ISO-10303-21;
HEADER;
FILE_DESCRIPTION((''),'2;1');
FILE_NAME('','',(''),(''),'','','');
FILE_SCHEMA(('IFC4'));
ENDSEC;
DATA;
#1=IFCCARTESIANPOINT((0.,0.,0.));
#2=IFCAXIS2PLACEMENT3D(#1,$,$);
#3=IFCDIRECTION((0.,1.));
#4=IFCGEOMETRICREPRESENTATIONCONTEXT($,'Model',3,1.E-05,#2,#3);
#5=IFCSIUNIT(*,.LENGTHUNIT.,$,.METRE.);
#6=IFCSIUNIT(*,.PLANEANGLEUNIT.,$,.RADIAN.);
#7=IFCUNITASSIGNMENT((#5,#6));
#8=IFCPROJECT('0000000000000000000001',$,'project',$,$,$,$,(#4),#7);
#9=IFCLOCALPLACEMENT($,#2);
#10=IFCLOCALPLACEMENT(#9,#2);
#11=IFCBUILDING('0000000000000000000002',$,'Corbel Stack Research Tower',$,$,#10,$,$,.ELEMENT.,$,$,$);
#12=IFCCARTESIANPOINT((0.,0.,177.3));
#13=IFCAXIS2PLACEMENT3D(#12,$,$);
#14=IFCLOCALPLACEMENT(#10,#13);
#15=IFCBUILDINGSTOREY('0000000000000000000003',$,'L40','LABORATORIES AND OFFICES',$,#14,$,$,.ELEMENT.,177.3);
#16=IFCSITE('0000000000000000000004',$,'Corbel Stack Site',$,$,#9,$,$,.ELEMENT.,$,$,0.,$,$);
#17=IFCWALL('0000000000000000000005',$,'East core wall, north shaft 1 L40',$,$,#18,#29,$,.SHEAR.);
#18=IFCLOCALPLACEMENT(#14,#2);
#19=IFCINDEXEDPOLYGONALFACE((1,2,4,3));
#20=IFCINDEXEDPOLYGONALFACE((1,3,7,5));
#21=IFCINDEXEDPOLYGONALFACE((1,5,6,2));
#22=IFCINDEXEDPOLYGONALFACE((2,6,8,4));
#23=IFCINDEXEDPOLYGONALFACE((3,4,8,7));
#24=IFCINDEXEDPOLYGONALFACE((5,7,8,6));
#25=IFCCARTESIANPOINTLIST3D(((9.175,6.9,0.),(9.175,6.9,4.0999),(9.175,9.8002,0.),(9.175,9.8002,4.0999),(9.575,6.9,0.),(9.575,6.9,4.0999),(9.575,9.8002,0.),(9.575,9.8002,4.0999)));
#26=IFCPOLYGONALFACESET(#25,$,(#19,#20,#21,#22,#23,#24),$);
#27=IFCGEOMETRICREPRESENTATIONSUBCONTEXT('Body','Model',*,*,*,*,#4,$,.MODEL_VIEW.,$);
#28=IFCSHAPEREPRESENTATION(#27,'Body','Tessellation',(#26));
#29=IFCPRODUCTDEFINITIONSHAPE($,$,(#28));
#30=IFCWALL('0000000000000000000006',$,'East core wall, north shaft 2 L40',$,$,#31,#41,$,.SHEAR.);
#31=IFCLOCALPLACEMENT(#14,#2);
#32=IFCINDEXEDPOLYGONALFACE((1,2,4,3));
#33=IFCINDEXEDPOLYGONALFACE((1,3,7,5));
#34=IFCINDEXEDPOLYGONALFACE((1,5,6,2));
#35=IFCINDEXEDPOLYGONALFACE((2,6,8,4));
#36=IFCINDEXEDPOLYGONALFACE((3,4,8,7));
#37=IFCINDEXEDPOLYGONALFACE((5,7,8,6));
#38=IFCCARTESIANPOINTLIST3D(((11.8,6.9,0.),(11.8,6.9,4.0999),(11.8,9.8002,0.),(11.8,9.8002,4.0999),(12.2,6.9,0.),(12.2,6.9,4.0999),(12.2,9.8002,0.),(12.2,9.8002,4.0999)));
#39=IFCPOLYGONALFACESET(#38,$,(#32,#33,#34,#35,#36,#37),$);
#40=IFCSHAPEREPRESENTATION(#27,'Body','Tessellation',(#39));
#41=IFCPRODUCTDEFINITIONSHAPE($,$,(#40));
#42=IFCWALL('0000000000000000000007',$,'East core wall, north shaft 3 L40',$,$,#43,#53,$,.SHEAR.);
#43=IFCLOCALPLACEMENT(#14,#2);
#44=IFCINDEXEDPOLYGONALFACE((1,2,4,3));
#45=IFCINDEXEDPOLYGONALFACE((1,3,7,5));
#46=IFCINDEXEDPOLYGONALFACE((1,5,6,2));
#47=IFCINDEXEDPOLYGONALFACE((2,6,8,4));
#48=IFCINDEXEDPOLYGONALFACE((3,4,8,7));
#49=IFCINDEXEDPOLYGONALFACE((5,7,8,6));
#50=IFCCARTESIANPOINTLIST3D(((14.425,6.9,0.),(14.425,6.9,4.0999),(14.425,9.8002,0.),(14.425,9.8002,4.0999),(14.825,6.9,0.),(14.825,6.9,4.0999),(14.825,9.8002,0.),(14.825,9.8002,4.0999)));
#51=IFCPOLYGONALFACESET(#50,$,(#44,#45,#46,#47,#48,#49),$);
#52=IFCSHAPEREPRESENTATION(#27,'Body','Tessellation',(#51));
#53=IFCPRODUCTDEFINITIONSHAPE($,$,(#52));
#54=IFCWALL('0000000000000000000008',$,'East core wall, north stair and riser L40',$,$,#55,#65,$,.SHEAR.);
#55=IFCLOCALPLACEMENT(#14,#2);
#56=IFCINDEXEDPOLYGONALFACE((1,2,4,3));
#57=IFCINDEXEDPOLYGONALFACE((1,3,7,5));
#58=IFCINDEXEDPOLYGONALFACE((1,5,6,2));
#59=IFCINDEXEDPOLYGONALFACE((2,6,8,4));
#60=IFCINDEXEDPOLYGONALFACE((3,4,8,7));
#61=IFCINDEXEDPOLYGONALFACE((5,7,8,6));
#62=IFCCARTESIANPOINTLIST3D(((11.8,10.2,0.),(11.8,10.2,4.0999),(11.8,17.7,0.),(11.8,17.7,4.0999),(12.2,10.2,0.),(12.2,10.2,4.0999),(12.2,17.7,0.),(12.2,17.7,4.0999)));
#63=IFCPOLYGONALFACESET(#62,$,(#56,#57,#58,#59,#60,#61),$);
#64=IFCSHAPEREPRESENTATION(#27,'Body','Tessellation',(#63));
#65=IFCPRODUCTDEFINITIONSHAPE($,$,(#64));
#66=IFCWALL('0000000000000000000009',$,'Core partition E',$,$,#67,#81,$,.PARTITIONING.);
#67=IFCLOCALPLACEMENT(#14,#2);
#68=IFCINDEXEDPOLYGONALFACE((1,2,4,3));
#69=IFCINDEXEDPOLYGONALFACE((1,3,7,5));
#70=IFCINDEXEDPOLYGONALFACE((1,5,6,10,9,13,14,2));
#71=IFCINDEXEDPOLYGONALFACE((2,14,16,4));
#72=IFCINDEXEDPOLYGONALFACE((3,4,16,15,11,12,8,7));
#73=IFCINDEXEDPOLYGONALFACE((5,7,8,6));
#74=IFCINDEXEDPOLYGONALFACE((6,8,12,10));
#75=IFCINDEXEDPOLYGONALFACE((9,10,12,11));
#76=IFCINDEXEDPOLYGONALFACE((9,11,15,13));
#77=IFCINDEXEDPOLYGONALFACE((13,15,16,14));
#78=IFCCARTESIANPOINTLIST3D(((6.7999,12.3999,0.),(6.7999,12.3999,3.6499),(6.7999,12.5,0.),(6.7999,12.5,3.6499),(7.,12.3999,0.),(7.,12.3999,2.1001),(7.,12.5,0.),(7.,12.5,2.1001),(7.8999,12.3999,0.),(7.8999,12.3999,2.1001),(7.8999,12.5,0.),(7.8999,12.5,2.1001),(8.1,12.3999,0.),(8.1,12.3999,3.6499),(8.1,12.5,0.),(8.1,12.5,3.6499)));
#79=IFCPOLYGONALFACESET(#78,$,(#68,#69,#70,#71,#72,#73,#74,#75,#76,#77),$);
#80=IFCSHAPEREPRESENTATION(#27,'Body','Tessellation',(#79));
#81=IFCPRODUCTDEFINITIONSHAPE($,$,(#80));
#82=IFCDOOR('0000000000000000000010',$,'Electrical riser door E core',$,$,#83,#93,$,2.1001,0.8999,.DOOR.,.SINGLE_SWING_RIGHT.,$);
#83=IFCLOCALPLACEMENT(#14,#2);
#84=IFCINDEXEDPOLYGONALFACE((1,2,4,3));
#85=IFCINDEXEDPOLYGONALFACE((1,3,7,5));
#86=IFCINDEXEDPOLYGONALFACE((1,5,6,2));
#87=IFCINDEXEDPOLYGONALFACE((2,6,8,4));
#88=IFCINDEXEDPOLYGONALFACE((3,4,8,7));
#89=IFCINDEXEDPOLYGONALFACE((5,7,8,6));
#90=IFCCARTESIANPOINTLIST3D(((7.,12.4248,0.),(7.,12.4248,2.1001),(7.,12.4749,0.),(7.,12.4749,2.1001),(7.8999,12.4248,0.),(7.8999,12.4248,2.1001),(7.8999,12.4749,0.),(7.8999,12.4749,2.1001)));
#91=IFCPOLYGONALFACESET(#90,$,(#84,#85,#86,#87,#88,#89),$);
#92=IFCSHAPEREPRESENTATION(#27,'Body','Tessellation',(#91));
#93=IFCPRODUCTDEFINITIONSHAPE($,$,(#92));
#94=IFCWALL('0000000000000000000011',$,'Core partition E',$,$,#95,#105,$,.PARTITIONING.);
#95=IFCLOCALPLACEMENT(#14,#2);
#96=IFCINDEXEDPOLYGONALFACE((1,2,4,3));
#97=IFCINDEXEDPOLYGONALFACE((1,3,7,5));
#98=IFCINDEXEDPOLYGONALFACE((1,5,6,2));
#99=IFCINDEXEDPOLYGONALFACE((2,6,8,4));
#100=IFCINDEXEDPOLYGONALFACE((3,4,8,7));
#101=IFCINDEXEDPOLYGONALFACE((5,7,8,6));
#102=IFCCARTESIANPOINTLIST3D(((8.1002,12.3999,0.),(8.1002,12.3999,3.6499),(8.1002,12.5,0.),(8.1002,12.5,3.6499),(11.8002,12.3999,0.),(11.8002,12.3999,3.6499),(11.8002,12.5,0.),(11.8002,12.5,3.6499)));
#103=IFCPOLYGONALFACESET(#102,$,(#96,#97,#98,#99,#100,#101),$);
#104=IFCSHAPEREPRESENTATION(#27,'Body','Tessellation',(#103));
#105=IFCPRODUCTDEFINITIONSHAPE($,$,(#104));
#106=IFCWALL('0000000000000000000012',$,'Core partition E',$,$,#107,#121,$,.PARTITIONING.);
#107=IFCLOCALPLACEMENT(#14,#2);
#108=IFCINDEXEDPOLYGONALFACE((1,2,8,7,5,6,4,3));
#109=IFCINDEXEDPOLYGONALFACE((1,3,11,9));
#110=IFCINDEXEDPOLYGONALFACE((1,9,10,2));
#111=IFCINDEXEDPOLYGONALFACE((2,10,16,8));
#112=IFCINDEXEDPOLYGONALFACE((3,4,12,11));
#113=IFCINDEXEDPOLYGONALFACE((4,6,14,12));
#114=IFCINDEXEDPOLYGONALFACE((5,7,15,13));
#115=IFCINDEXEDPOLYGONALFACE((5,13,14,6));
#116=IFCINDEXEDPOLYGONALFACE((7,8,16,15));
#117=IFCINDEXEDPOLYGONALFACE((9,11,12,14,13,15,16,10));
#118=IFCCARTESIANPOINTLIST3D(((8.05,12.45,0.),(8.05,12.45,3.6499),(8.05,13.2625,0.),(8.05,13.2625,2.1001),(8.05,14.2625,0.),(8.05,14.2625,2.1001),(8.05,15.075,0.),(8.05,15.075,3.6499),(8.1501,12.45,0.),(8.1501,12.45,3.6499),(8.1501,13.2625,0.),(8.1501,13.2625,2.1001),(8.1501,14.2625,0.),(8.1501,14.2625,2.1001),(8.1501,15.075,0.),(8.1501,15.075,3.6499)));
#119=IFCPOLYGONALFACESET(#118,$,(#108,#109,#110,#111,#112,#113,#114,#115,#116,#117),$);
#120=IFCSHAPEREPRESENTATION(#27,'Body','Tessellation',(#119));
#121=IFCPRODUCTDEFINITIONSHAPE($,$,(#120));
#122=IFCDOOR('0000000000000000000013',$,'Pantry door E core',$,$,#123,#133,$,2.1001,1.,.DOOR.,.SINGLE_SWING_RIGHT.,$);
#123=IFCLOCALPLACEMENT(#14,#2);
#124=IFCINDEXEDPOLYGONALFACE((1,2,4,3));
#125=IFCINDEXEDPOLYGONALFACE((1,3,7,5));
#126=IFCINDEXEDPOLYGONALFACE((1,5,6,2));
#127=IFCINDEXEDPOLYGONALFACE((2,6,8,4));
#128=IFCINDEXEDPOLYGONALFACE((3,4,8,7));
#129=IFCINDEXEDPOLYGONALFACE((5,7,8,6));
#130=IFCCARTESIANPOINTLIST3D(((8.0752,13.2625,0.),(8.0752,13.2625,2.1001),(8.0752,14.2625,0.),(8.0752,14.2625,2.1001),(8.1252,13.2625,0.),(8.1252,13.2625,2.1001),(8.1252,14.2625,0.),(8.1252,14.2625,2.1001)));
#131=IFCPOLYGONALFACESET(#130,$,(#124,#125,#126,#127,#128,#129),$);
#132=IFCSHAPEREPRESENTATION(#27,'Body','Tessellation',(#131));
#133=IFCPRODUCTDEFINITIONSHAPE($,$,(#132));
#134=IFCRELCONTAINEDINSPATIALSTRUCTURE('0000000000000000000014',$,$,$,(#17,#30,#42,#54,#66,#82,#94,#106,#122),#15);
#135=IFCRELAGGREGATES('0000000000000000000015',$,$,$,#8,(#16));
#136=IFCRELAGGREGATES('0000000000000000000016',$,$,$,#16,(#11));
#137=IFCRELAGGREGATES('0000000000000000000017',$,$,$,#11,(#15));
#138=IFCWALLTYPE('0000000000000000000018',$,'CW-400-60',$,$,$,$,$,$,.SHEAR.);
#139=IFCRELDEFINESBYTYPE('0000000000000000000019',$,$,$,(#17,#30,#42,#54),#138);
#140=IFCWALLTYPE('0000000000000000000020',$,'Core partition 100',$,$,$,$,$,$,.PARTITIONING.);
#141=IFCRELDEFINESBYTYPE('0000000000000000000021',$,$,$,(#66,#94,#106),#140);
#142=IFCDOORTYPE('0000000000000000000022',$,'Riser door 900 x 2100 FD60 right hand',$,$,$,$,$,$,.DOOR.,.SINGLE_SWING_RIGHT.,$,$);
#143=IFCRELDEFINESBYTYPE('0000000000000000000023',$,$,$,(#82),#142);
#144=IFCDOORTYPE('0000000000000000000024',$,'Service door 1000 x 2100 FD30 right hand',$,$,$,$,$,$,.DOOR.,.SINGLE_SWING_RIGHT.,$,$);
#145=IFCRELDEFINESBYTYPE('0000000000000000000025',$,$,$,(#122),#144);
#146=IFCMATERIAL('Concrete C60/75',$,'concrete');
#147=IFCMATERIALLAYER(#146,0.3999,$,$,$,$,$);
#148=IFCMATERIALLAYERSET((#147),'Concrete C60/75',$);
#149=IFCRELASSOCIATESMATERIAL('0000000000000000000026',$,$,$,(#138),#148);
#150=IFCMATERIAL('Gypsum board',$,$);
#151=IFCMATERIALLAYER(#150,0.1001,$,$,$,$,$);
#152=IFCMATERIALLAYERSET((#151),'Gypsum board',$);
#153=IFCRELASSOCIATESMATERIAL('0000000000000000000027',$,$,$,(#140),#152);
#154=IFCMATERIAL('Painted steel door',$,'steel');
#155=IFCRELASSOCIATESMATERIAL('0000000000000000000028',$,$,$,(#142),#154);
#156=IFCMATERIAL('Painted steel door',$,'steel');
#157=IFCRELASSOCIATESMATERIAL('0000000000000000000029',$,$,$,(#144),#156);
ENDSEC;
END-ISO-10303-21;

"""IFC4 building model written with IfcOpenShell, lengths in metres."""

from ifc_helpers import new_model, si_unit, direction, frame, frame_2d, origin, place, context, subcontext, project, spatial, rectangle, extrude, material, layer, layer_set, type_object, element, fill, save


model = new_model("IFC4")

# Units and contexts
model_context = context("Model", 3, precision=1e-05, world=origin(), true_north=direction((0.0, 1.0)))
body_context = subcontext(model_context, "Body", "Model", "MODEL_VIEW")
ifc_project = project(units=[si_unit("LENGTHUNIT", "METRE"), si_unit("PLANEANGLEUNIT", "RADIAN")], contexts=[model_context])

# Site, building, storey
site_placement = place(None, origin())
site = spatial("IfcSite", under=ifc_project, at=site_placement, Name="Corbel Stack Site", CompositionType="ELEMENT", RefElevation=0.0)
building_placement = place(site_placement, origin())
building = spatial("IfcBuilding", under=site, at=building_placement, Name="Corbel Stack Research Tower", CompositionType="ELEMENT")
storey_placement = place(building_placement, frame((0.0, 0.0, 177.3)))
storey = spatial("IfcBuildingStorey", under=building, at=storey_placement, Name="L40", Description="LABORATORIES AND OFFICES", CompositionType="ELEMENT", Elevation=177.3)

# Walls
ifc_material_1 = material(Name="Concrete C60/75", Category="concrete")
ifc_layer_1 = layer(ifc_material_1, 0.3999)
ifc_layer_set_1 = layer_set([ifc_layer_1], Name="Concrete C60/75")
wall_type_1 = type_object("IfcWallType", Name="CW-400-60", PredefinedType="SHEAR", material=ifc_layer_set_1)
for number, where, z_axis, x_axis, name in (
    (1, (9.375, 6.8999, 0.0), (0.0, 0.0, 1.0), (0.0, 1.0, 0.0), "East core wall, north shaft 1 L40"),
    (2, (12.0, 6.8999, 0.0), (0.0, 0.0, 1.0), (0.0, 1.0, 0.0), "East core wall, north shaft 2 L40"),
    (3, (14.625, 6.8999, 0.0), (0.0, 0.0, 1.0), (0.0, 1.0, 0.0), "East core wall, north shaft 3 L40"),
):
    element("IfcWall", number, at=place(storey_placement, frame(where, z_axis=z_axis, x_axis=x_axis)), inside=storey, type_object=wall_type_1, Name=name, PredefinedType="SHEAR", context=body_context, shape_type="SweptSolid", body=[
        extrude(rectangle(XDim=2.9001, YDim=0.3999, at=frame_2d((1.4502, 0.0))), origin(), (0.0, 0.0, 1.0), 4.0999),
    ])
wall_1_placement = place(storey_placement, frame((12.0, 10.2, 0.0), z_axis=(0.0, 0.0, 1.0), x_axis=(0.0, 1.0, 0.0)))
element("IfcWall", 4, at=wall_1_placement, inside=storey, type_object=wall_type_1, Name="East core wall, north stair and riser L40", PredefinedType="SHEAR", context=body_context, shape_type="SweptSolid", body=[
    extrude(rectangle(XDim=7.5, YDim=0.3999, at=frame_2d((3.75, 0.0))), origin(), (0.0, 0.0, 1.0), 4.0999),
])

# Wall, opening, door
ifc_material_2 = material(Name="Gypsum board")
ifc_layer_2 = layer(ifc_material_2, 0.1001)
ifc_layer_set_2 = layer_set([ifc_layer_2], Name="Gypsum board")
wall_type_2 = type_object("IfcWallType", Name="Core partition 100", PredefinedType="PARTITIONING", material=ifc_layer_set_2)
wall_2_placement = place(storey_placement, frame((6.8, 12.45, 0.0), z_axis=(0.0, 0.0, 1.0), x_axis=(1.0, 0.0, 0.0)))
wall_2 = element("IfcWall", 5, at=wall_2_placement, inside=storey, type_object=wall_type_2, Name="Core partition E", PredefinedType="PARTITIONING", context=body_context, shape_type="SweptSolid", body=[
    extrude(rectangle(XDim=1.3, YDim=0.1001, at=frame_2d((0.6499, 0.0))), origin(), (0.0, 0.0, 1.0), 3.6499),
])
opening_1_placement = place(wall_2_placement, frame((0.2, 0.0, 0.0)))
opening_1 = element("IfcOpeningElement", 6, at=opening_1_placement, cuts=wall_2, PredefinedType="OPENING", context=body_context, shape_type="SweptSolid", body=[
    extrude(rectangle(XDim=0.8999, YDim=2.1001, at=frame_2d((0.45, 1.05))), frame((0.0, 0.0601, 0.0), z_axis=(0.0, -1.0, 0.0), x_axis=(1.0, 0.0, 0.0)), (0.0, 0.0, 1.0), 0.1201),
])
ifc_material_3 = material(Name="Painted steel door", Category="steel")
door_type_1 = type_object("IfcDoorType", Name="Riser door 900 x 2100 FD60 right hand", OperationType="SINGLE_SWING_RIGHT", PredefinedType="DOOR", material=ifc_material_3)
door_1_placement = place(opening_1_placement, origin())
door_1 = element("IfcDoor", 7, at=door_1_placement, inside=storey, type_object=door_type_1, Name="Electrical riser door E core", OperationType="SINGLE_SWING_RIGHT", OverallHeight=2.1001, OverallWidth=0.8999, PredefinedType="DOOR", context=body_context, shape_type="SweptSolid", body=[
    extrude(rectangle(XDim=0.8999, YDim=2.1001, at=frame_2d((0.45, 1.05))), frame((0.0, 0.0249, 0.0), z_axis=(0.0, -1.0, 0.0), x_axis=(1.0, 0.0, 0.0)), (0.0, 0.0, 1.0), 0.05),
])
fill(opening_1, door_1)

# Wall
wall_3_placement = place(storey_placement, frame((8.1001, 12.45, 0.0), z_axis=(0.0, 0.0, 1.0), x_axis=(1.0, 0.0, 0.0)))
element("IfcWall", 8, at=wall_3_placement, inside=storey, type_object=wall_type_2, Name="Core partition E", PredefinedType="PARTITIONING", context=body_context, shape_type="SweptSolid", body=[
    extrude(rectangle(XDim=3.7, YDim=0.1001, at=frame_2d((1.8501, 0.0))), origin(), (0.0, 0.0, 1.0), 3.6499),
])

# Wall, opening, door
wall_4_placement = place(storey_placement, frame((8.1001, 12.45, 0.0), z_axis=(0.0, 0.0, 1.0), x_axis=(0.0, 1.0, 0.0)))
wall_4 = element("IfcWall", 9, at=wall_4_placement, inside=storey, type_object=wall_type_2, Name="Core partition E", PredefinedType="PARTITIONING", context=body_context, shape_type="SweptSolid", body=[
    extrude(rectangle(XDim=2.625, YDim=0.1001, at=frame_2d((1.3125, 0.0))), origin(), (0.0, 0.0, 1.0), 3.6499),
])
opening_2_placement = place(wall_4_placement, frame((0.8125, 0.0, 0.0)))
opening_2 = element("IfcOpeningElement", 10, at=opening_2_placement, cuts=wall_4, PredefinedType="OPENING", context=body_context, shape_type="SweptSolid", body=[
    extrude(rectangle(XDim=1.0, YDim=2.1001, at=frame_2d((0.5, 1.05))), frame((0.0, 0.0601, 0.0), z_axis=(0.0, -1.0, 0.0), x_axis=(1.0, 0.0, 0.0)), (0.0, 0.0, 1.0), 0.1201),
])
ifc_material_4 = material(Name="Painted steel door", Category="steel")
door_type_2 = type_object("IfcDoorType", Name="Service door 1000 x 2100 FD30 right hand", OperationType="SINGLE_SWING_RIGHT", PredefinedType="DOOR", material=ifc_material_4)
door_2_placement = place(opening_2_placement, origin())
door_2 = element("IfcDoor", 11, at=door_2_placement, inside=storey, type_object=door_type_2, Name="Pantry door E core", OperationType="SINGLE_SWING_RIGHT", OverallHeight=2.1001, OverallWidth=1.0, PredefinedType="DOOR", context=body_context, shape_type="SweptSolid", body=[
    extrude(rectangle(XDim=1.0, YDim=2.1001, at=frame_2d((0.5, 1.05))), frame((0.0, 0.0249, 0.0), z_axis=(0.0, -1.0, 0.0), x_axis=(1.0, 0.0, 0.0)), (0.0, 0.0, 1.0), 0.05),
])
fill(opening_2, door_2)

save(model, "model.ifc")
